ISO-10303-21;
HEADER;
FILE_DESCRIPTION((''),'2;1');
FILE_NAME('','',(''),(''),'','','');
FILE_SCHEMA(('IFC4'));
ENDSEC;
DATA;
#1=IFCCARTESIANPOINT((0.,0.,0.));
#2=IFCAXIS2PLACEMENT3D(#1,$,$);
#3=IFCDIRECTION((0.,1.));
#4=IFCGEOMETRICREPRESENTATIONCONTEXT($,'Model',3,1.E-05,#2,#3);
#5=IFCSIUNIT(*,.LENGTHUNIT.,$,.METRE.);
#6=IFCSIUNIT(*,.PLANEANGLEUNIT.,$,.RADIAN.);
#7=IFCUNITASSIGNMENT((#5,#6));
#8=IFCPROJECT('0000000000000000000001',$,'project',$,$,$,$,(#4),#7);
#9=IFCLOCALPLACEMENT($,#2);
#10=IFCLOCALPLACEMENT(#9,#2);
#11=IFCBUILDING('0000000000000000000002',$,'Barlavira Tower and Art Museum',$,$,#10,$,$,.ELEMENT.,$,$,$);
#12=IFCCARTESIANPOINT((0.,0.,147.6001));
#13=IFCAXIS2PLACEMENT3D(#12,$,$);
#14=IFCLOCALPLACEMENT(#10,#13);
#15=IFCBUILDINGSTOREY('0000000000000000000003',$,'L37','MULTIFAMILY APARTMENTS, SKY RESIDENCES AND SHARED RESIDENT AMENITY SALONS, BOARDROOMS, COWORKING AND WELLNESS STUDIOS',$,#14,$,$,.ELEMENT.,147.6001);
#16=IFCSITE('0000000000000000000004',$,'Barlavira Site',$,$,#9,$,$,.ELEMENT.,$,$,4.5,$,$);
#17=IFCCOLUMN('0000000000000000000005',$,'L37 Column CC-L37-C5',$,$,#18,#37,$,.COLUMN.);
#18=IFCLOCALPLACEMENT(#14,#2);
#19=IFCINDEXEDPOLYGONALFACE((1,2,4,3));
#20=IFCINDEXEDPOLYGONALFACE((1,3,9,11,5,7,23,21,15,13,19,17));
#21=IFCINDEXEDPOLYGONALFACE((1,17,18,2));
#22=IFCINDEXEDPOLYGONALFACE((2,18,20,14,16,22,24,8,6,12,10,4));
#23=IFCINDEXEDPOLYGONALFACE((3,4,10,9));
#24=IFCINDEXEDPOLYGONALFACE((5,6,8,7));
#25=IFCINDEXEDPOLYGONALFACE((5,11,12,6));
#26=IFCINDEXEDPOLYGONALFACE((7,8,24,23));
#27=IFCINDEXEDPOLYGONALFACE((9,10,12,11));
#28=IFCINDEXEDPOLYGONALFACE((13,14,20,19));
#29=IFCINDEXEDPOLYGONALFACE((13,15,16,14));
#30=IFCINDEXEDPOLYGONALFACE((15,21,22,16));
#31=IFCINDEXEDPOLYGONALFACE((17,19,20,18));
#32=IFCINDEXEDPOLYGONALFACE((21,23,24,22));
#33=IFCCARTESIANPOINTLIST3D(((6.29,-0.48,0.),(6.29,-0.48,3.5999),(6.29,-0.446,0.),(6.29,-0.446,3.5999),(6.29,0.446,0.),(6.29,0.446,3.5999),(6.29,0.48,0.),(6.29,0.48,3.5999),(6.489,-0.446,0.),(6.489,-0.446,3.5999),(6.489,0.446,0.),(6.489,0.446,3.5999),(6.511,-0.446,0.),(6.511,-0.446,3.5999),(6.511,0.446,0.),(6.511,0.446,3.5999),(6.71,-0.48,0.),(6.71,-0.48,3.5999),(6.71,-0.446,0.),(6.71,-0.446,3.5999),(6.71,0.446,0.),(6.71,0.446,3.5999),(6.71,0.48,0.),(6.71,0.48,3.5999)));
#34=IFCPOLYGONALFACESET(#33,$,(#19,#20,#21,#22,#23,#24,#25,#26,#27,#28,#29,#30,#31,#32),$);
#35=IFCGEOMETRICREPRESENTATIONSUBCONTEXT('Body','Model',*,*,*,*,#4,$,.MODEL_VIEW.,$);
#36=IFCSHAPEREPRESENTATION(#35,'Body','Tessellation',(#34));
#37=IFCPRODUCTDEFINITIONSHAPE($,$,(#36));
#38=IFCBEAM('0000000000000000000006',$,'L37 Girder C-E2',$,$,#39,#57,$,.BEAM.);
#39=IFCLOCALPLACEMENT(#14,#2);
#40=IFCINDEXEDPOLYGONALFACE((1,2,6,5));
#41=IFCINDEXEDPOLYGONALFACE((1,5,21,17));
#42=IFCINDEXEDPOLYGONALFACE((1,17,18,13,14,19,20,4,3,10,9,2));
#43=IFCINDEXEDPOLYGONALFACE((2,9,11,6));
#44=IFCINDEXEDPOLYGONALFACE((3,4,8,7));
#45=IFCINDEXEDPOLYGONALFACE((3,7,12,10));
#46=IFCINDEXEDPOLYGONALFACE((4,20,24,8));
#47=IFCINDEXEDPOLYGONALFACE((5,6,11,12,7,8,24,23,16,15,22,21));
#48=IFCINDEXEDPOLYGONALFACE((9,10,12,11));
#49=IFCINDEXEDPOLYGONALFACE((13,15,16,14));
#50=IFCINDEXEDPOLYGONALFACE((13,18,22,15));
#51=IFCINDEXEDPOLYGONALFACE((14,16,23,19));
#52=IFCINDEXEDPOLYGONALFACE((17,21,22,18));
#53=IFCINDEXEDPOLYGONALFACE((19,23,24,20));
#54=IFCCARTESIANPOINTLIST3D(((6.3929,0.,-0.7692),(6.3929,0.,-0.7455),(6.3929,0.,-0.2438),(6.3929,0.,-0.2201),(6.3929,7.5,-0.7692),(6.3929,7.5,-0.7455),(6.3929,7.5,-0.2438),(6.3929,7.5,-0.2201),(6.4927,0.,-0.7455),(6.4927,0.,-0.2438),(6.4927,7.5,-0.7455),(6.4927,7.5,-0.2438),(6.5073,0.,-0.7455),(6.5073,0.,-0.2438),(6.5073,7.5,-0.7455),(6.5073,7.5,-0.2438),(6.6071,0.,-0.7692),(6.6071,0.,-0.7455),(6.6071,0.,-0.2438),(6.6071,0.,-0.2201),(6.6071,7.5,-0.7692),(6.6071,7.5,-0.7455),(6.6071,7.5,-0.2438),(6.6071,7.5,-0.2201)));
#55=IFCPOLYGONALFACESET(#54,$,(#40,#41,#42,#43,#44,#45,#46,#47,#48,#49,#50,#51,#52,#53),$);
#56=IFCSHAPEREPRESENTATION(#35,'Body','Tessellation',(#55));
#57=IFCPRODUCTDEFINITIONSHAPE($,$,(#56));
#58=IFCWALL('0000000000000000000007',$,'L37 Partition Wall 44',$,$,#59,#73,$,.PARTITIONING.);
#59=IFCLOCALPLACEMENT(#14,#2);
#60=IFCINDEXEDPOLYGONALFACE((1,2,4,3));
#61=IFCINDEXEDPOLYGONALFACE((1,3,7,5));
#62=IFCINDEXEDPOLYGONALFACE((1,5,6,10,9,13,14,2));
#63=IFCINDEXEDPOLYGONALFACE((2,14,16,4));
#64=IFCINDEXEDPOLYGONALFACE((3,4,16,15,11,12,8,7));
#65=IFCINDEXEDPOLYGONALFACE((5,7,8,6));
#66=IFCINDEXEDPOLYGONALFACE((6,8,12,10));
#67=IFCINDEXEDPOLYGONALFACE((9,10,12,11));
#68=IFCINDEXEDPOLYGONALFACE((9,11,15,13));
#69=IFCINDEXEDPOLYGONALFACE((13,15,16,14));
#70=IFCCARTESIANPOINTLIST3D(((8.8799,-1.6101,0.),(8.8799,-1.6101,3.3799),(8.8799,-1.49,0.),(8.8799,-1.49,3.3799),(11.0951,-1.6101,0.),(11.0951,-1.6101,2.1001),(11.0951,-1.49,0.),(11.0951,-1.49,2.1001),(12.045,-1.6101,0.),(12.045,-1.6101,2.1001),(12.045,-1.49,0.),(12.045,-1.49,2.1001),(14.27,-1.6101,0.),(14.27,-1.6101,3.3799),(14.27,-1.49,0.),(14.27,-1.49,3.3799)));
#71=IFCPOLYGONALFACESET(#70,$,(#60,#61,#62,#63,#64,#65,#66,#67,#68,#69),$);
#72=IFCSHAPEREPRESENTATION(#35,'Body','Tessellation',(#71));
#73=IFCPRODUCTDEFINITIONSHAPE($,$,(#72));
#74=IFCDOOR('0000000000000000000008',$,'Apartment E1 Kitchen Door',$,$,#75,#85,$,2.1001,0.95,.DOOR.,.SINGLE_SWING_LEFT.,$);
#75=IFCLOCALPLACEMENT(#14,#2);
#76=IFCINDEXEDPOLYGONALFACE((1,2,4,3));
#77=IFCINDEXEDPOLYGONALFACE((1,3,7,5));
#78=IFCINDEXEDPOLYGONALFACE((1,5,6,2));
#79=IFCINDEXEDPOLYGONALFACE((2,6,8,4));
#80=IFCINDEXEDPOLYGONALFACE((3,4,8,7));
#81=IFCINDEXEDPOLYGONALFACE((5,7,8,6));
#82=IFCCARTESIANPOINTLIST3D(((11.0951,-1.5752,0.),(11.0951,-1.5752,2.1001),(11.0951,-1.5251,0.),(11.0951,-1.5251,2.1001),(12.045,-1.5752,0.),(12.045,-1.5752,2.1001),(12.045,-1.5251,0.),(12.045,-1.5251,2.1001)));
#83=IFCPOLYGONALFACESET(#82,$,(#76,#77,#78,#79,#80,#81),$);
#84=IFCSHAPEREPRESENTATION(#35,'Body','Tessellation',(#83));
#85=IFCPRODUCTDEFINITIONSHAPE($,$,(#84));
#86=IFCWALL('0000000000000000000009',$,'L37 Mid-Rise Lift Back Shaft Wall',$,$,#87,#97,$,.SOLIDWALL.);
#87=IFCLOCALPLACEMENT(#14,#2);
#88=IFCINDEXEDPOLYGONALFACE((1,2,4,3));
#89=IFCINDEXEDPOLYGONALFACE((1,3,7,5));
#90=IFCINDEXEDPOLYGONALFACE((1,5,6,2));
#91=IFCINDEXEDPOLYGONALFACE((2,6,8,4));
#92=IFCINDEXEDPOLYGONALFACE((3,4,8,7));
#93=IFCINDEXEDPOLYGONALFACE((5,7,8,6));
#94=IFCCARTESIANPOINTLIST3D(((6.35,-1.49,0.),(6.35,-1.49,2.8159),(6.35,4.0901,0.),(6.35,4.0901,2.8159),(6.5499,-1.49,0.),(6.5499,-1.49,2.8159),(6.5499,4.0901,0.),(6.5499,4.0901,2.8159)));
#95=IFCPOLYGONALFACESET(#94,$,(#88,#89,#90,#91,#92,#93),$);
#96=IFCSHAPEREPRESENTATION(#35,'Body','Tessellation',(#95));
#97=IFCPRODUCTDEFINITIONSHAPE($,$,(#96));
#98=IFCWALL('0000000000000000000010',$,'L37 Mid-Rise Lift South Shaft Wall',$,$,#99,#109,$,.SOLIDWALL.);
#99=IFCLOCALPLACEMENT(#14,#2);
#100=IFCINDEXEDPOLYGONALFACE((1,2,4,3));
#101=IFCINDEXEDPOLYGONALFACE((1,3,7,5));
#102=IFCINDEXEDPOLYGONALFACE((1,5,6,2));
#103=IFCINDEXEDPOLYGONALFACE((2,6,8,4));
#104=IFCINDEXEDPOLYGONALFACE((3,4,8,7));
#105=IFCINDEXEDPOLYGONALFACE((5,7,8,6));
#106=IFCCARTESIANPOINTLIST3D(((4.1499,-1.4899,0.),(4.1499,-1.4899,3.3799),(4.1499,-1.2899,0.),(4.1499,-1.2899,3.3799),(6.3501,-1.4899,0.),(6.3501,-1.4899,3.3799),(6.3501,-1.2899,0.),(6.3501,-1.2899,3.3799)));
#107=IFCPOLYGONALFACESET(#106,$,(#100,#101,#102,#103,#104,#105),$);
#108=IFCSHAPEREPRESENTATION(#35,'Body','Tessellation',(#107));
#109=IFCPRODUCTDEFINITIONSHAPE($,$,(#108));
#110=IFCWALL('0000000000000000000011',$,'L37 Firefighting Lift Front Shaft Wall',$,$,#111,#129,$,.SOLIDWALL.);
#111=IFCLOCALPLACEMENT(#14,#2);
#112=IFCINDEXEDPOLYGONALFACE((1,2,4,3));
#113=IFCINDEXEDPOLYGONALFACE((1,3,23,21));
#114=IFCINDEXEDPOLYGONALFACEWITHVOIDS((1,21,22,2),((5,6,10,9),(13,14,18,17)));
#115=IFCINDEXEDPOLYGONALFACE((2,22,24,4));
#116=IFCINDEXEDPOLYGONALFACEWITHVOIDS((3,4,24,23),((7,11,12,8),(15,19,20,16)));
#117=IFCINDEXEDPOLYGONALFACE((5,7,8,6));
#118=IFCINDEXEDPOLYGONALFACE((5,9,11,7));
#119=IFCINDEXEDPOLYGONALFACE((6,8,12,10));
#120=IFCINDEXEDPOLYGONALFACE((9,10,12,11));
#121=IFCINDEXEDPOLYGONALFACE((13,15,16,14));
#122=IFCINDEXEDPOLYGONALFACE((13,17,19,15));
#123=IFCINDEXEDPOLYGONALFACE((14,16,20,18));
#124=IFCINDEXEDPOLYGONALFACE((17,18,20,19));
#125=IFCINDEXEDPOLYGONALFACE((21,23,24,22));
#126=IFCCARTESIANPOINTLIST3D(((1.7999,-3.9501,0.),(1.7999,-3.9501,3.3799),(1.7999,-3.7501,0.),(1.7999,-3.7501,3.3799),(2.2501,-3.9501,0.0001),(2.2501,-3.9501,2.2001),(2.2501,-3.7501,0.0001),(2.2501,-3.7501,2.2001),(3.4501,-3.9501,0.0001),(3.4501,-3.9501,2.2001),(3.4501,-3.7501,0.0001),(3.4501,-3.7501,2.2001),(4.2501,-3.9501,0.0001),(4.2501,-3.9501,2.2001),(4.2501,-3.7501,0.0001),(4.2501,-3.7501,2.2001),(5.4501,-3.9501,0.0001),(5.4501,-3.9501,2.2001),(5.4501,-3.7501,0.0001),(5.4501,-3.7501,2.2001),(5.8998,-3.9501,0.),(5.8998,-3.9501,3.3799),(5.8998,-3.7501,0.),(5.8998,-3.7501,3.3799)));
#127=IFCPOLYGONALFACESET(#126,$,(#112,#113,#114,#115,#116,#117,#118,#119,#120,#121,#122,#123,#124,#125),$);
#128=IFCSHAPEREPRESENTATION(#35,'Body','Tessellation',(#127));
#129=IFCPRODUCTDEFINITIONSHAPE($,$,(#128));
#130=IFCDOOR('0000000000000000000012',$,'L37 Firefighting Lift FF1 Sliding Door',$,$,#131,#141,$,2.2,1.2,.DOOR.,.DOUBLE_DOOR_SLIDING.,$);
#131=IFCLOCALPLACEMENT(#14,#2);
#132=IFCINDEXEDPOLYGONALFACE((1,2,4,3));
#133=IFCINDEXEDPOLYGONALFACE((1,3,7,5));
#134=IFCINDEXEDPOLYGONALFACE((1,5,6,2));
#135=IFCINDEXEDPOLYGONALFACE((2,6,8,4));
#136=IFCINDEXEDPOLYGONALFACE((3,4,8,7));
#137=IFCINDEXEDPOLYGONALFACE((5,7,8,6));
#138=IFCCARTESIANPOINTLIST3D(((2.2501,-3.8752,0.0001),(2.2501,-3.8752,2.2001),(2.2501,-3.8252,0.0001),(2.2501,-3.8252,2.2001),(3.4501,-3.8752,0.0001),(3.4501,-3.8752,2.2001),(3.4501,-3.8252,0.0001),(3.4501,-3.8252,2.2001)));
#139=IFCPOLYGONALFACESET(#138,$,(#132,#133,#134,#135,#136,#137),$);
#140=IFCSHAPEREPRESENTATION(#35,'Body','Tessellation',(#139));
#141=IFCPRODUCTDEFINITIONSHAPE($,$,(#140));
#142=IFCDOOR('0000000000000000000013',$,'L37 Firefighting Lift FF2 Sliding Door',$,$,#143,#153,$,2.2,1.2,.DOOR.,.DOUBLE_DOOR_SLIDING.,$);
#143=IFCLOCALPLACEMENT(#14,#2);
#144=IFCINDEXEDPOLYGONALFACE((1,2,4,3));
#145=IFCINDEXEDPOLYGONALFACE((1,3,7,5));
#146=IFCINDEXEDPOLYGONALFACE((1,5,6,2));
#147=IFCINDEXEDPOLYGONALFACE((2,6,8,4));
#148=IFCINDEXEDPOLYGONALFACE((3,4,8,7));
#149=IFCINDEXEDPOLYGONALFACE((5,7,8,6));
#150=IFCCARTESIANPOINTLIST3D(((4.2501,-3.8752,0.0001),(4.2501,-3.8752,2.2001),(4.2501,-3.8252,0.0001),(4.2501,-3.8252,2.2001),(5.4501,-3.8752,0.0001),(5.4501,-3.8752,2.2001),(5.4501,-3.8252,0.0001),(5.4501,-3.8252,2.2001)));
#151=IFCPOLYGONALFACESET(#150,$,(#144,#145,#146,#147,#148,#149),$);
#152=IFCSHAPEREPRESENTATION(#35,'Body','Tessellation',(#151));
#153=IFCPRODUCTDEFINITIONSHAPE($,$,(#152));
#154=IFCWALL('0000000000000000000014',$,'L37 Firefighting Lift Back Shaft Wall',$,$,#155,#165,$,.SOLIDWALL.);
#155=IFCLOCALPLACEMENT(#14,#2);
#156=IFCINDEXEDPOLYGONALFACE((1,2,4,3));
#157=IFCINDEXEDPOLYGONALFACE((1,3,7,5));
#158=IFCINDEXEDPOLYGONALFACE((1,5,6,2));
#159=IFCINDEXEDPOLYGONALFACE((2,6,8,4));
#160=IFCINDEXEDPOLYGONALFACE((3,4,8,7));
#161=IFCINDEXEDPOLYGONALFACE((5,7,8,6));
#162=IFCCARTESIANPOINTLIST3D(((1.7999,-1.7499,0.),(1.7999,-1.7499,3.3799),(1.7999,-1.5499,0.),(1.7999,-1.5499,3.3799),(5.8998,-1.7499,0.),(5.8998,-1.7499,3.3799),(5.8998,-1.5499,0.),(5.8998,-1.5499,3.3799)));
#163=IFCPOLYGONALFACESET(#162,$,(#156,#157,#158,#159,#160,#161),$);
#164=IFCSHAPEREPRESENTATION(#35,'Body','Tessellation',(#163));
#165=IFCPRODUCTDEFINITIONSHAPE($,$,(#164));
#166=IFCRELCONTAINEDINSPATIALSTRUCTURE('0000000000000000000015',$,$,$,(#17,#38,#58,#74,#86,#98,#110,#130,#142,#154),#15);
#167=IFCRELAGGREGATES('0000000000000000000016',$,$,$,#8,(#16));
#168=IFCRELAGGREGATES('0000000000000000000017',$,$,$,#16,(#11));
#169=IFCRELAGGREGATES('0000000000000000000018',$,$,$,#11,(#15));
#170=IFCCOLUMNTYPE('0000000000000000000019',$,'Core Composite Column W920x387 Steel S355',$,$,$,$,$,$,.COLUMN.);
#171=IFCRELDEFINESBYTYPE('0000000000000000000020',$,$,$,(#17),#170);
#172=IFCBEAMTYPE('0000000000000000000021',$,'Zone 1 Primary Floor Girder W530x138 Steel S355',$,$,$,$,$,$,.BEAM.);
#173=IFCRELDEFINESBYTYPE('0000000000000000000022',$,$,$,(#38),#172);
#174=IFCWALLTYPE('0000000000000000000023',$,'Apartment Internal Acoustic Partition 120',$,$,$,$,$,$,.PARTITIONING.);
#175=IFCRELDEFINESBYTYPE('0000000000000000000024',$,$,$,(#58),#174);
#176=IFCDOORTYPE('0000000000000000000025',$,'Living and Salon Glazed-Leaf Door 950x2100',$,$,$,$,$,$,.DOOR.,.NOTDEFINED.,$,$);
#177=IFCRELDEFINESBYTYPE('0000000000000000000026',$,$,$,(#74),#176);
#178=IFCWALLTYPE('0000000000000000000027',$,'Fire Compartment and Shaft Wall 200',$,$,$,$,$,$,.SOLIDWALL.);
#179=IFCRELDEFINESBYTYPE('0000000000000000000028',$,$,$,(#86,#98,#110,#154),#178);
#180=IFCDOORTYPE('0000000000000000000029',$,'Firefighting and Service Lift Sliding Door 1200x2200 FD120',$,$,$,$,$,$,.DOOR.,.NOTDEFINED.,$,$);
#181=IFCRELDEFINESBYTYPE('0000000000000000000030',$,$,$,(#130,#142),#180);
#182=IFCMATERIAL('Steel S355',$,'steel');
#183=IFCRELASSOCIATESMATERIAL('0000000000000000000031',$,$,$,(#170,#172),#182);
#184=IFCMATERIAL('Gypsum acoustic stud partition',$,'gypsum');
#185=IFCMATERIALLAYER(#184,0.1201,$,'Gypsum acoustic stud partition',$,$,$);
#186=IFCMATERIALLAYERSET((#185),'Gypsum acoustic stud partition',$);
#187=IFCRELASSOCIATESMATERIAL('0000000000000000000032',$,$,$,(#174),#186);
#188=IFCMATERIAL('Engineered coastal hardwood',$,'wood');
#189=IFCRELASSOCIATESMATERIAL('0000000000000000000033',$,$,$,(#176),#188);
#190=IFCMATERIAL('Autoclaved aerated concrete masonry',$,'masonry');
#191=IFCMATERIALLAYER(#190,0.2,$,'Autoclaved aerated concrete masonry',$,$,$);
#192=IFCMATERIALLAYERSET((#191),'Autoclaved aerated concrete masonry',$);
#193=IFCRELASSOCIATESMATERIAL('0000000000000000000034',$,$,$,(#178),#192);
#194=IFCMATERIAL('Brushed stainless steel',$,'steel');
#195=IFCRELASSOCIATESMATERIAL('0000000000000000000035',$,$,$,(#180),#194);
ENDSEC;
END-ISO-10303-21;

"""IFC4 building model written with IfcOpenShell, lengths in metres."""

from ifc_helpers import new_model, si_unit, direction, frame, frame_2d, origin, origin_2d, place, context, subcontext, project, spatial, rectangle, i_section, extrude, material, layer, layer_set, material_profile, profile_set, type_object, element, fill, save


model = new_model("IFC4")

# Units and contexts
model_context = context("Model", 3, precision=1e-05, world=origin(), true_north=direction((0.0, 1.0)))
body_context = subcontext(model_context, "Body", "Model", "MODEL_VIEW")
ifc_project = project(units=[si_unit("LENGTHUNIT", "METRE"), si_unit("PLANEANGLEUNIT", "RADIAN")], contexts=[model_context])

# Site, building, storey
site_placement = place(None, origin())
site = spatial("IfcSite", under=ifc_project, at=site_placement, Name="Barlavira Site", CompositionType="ELEMENT", RefElevation=4.5)
building_placement = place(site_placement, origin())
building = spatial("IfcBuilding", under=site, at=building_placement, Name="Barlavira Tower and Art Museum", CompositionType="ELEMENT")
storey_placement = place(building_placement, frame((0.0, 0.0, 147.6001)))
storey = spatial("IfcBuildingStorey", under=building, at=storey_placement, Name="L37", Description="MULTIFAMILY APARTMENTS, SKY RESIDENCES AND SHARED RESIDENT AMENITY SALONS, BOARDROOMS, COWORKING AND WELLNESS STUDIOS", CompositionType="ELEMENT", Elevation=147.6001)

# Column
ifc_material_1 = material(Name="Steel S355", Category="steel")
ifc_material_profile_1 = material_profile(ifc_material_1, i_section(OverallWidth=0.4199, OverallDepth=0.96, WebThickness=0.022, FlangeThickness=0.0339, at=origin_2d()), Name="W920x387.0")
ifc_profile_set_1 = profile_set([ifc_material_profile_1], Name="Steel S355")
column_type = type_object("IfcColumnType", Name="Core Composite Column W920x387 Steel S355", PredefinedType="COLUMN", material=ifc_profile_set_1)
column_placement = place(storey_placement, frame((6.5, 0.0, 0.0), z_axis=(0.0, 0.0, 1.0), x_axis=(1.0, 0.0, 0.0)))
element("IfcColumn", 1, at=column_placement, inside=storey, type_object=column_type, Name="L37 Column CC-L37-C5", PredefinedType="COLUMN", context=body_context, shape_type="SweptSolid", body=[
    extrude(i_section(OverallWidth=0.4199, OverallDepth=0.96, WebThickness=0.022, FlangeThickness=0.0339, at=origin_2d()), origin(), (0.0, 0.0, 1.0), 3.5999),
])

# Beam
ifc_material_profile_2 = material_profile(ifc_material_1, i_section(OverallWidth=0.2141, OverallDepth=0.5491, WebThickness=0.0146, FlangeThickness=0.0237, at=origin_2d()), Name="W530x138.0")
ifc_profile_set_2 = profile_set([ifc_material_profile_2], Name="Steel S355")
beam_type = type_object("IfcBeamType", Name="Zone 1 Primary Floor Girder W530x138 Steel S355", PredefinedType="BEAM", material=ifc_profile_set_2)
beam_placement = place(storey_placement, frame((6.5, 0.0, -0.4946), z_axis=(0.0, 1.0, 0.0), x_axis=(-1.0, 0.0, 0.0)))
element("IfcBeam", 2, at=beam_placement, inside=storey, type_object=beam_type, Name="L37 Girder C-E2", PredefinedType="BEAM", context=body_context, shape_type="SweptSolid", body=[
    extrude(i_section(OverallWidth=0.2141, OverallDepth=0.5491, WebThickness=0.0146, FlangeThickness=0.0237, at=origin_2d()), origin(), (0.0, 0.0, 1.0), 7.5),
])

# Wall, opening, door
ifc_material_2 = material(Name="Gypsum acoustic stud partition", Category="gypsum")
ifc_layer_1 = layer(ifc_material_2, 0.1201, Name="Gypsum acoustic stud partition")
ifc_layer_set_1 = layer_set([ifc_layer_1], Name="Gypsum acoustic stud partition")
wall_type_1 = type_object("IfcWallType", Name="Apartment Internal Acoustic Partition 120", PredefinedType="PARTITIONING", material=ifc_layer_set_1)
wall_1_placement = place(storey_placement, frame((8.8799, -1.55, 0.0), z_axis=(0.0, 0.0, 1.0), x_axis=(1.0, 0.0, 0.0)))
wall_1 = element("IfcWall", 3, at=wall_1_placement, inside=storey, type_object=wall_type_1, Name="L37 Partition Wall 44", PredefinedType="PARTITIONING", context=body_context, shape_type="SweptSolid", body=[
    extrude(rectangle(XDim=5.3901, YDim=0.1201, at=frame_2d((2.6951, 0.0))), origin(), (0.0, 0.0, 1.0), 3.3799),
])
opening_1_placement = place(wall_1_placement, frame((2.2151, 0.0, 0.0)))
opening_1 = element("IfcOpeningElement", 4, at=opening_1_placement, cuts=wall_1, PredefinedType="OPENING", context=body_context, shape_type="SweptSolid", body=[
    extrude(rectangle(XDim=0.95, YDim=2.1001, at=frame_2d((0.4751, 1.05))), frame((0.0, 0.0701, 0.0), z_axis=(0.0, -1.0, 0.0), x_axis=(1.0, 0.0, 0.0)), (0.0, 0.0, 1.0), 0.1401),
])
ifc_material_3 = material(Name="Engineered coastal hardwood", Category="wood")
door_type_1 = type_object("IfcDoorType", Name="Living and Salon Glazed-Leaf Door 950x2100", OperationType="NOTDEFINED", PredefinedType="DOOR", material=ifc_material_3)
door_1_placement = place(opening_1_placement, origin())
door_1 = element("IfcDoor", 5, at=door_1_placement, inside=storey, type_object=door_type_1, Name="Apartment E1 Kitchen Door", OperationType="SINGLE_SWING_LEFT", OverallHeight=2.1001, OverallWidth=0.95, PredefinedType="DOOR", context=body_context, shape_type="SweptSolid", body=[
    extrude(rectangle(XDim=0.95, YDim=2.1001, at=frame_2d((0.4751, 1.05))), frame((0.0, 0.0249, 0.0), z_axis=(0.0, -1.0, 0.0), x_axis=(1.0, 0.0, 0.0)), (0.0, 0.0, 1.0), 0.05),
])
fill(opening_1, door_1)

# Shared definitions
ifc_material_4 = material(Name="Autoclaved aerated concrete masonry", Category="masonry")
ifc_layer_2 = layer(ifc_material_4, 0.2, Name="Autoclaved aerated concrete masonry")
ifc_layer_set_2 = layer_set([ifc_layer_2], Name="Autoclaved aerated concrete masonry")
wall_type_2 = type_object("IfcWallType", Name="Fire Compartment and Shaft Wall 200", PredefinedType="SOLIDWALL", material=ifc_layer_set_2)
ifc_material_5 = material(Name="Brushed stainless steel", Category="steel")

# Walls
wall_2_placement = place(storey_placement, frame((6.45, -1.49, 0.0), z_axis=(0.0, 0.0, 1.0), x_axis=(0.0, 1.0, 0.0)))
element("IfcWall", 6, at=wall_2_placement, inside=storey, type_object=wall_type_2, Name="L37 Mid-Rise Lift Back Shaft Wall", PredefinedType="SOLIDWALL", context=body_context, shape_type="SweptSolid", body=[
    extrude(rectangle(XDim=5.5801, YDim=0.2, at=frame_2d((2.79, 0.0))), origin(), (0.0, 0.0, 1.0), 2.8159),
])
wall_3_placement = place(storey_placement, frame((4.1499, -1.3899, 0.0), z_axis=(0.0, 0.0, 1.0), x_axis=(1.0, 0.0, 0.0)))
element("IfcWall", 7, at=wall_3_placement, inside=storey, type_object=wall_type_2, Name="L37 Mid-Rise Lift South Shaft Wall", PredefinedType="SOLIDWALL", context=body_context, shape_type="SweptSolid", body=[
    extrude(rectangle(XDim=2.2002, YDim=0.2, at=frame_2d((1.1001, 0.0))), origin(), (0.0, 0.0, 1.0), 3.3799),
])

# Wall, openings, doors
wall_4_placement = place(storey_placement, frame((1.8, -3.8501, 0.0), z_axis=(0.0, 0.0, 1.0), x_axis=(1.0, 0.0, 0.0)))
wall_4 = element("IfcWall", 8, at=wall_4_placement, inside=storey, type_object=wall_type_2, Name="L37 Firefighting Lift Front Shaft Wall", PredefinedType="SOLIDWALL", context=body_context, shape_type="SweptSolid", body=[
    extrude(rectangle(XDim=4.0999, YDim=0.2, at=frame_2d((2.0498, 0.0))), origin(), (0.0, 0.0, 1.0), 3.3799),
])
opening_2_placement = place(wall_4_placement, frame((0.45, 0.0, 0.0)))
opening_2 = element("IfcOpeningElement", 9, at=opening_2_placement, cuts=wall_4, PredefinedType="OPENING", context=body_context, shape_type="SweptSolid", body=[
    extrude(rectangle(XDim=1.2, YDim=2.2, at=frame_2d((0.6001, 1.1001))), frame((0.0, 0.1099, 0.0), z_axis=(0.0, -1.0, 0.0), x_axis=(1.0, 0.0, 0.0)), (0.0, 0.0, 1.0), 0.22),
])
opening_3_placement = place(wall_4_placement, frame((2.45, 0.0, 0.0)))
opening_3 = element("IfcOpeningElement", 10, at=opening_3_placement, cuts=wall_4, PredefinedType="OPENING", context=body_context, shape_type="SweptSolid", body=[
    extrude(rectangle(XDim=1.2, YDim=2.2, at=frame_2d((0.6001, 1.1001))), frame((0.0, 0.1099, 0.0), z_axis=(0.0, -1.0, 0.0), x_axis=(1.0, 0.0, 0.0)), (0.0, 0.0, 1.0), 0.22),
])
door_type_2 = type_object("IfcDoorType", Name="Firefighting and Service Lift Sliding Door 1200x2200 FD120", OperationType="NOTDEFINED", PredefinedType="DOOR", material=ifc_material_5)
door_2_placement = place(opening_2_placement, origin())
door_2 = element("IfcDoor", 11, at=door_2_placement, inside=storey, type_object=door_type_2, Name="L37 Firefighting Lift FF1 Sliding Door", OperationType="DOUBLE_DOOR_SLIDING", OverallHeight=2.2, OverallWidth=1.2, PredefinedType="DOOR", context=body_context, shape_type="SweptSolid", body=[
    extrude(rectangle(XDim=1.2, YDim=2.2, at=frame_2d((0.6001, 1.1001))), frame((0.0, 0.0249, 0.0), z_axis=(0.0, -1.0, 0.0), x_axis=(1.0, 0.0, 0.0)), (0.0, 0.0, 1.0), 0.05),
])
fill(opening_2, door_2)
door_3_placement = place(opening_3_placement, origin())
door_3 = element("IfcDoor", 12, at=door_3_placement, inside=storey, type_object=door_type_2, Name="L37 Firefighting Lift FF2 Sliding Door", OperationType="DOUBLE_DOOR_SLIDING", OverallHeight=2.2, OverallWidth=1.2, PredefinedType="DOOR", context=body_context, shape_type="SweptSolid", body=[
    extrude(rectangle(XDim=1.2, YDim=2.2, at=frame_2d((0.6001, 1.1001))), frame((0.0, 0.0249, 0.0), z_axis=(0.0, -1.0, 0.0), x_axis=(1.0, 0.0, 0.0)), (0.0, 0.0, 1.0), 0.05),
])
fill(opening_3, door_3)

# Wall
wall_5_placement = place(storey_placement, frame((1.8, -1.6499, 0.0), z_axis=(0.0, 0.0, 1.0), x_axis=(1.0, 0.0, 0.0)))
element("IfcWall", 13, at=wall_5_placement, inside=storey, type_object=wall_type_2, Name="L37 Firefighting Lift Back Shaft Wall", PredefinedType="SOLIDWALL", context=body_context, shape_type="SweptSolid", body=[
    extrude(rectangle(XDim=4.0999, YDim=0.2, at=frame_2d((2.0498, 0.0))), origin(), (0.0, 0.0, 1.0), 3.3799),
])

save(model, "model.ifc")
